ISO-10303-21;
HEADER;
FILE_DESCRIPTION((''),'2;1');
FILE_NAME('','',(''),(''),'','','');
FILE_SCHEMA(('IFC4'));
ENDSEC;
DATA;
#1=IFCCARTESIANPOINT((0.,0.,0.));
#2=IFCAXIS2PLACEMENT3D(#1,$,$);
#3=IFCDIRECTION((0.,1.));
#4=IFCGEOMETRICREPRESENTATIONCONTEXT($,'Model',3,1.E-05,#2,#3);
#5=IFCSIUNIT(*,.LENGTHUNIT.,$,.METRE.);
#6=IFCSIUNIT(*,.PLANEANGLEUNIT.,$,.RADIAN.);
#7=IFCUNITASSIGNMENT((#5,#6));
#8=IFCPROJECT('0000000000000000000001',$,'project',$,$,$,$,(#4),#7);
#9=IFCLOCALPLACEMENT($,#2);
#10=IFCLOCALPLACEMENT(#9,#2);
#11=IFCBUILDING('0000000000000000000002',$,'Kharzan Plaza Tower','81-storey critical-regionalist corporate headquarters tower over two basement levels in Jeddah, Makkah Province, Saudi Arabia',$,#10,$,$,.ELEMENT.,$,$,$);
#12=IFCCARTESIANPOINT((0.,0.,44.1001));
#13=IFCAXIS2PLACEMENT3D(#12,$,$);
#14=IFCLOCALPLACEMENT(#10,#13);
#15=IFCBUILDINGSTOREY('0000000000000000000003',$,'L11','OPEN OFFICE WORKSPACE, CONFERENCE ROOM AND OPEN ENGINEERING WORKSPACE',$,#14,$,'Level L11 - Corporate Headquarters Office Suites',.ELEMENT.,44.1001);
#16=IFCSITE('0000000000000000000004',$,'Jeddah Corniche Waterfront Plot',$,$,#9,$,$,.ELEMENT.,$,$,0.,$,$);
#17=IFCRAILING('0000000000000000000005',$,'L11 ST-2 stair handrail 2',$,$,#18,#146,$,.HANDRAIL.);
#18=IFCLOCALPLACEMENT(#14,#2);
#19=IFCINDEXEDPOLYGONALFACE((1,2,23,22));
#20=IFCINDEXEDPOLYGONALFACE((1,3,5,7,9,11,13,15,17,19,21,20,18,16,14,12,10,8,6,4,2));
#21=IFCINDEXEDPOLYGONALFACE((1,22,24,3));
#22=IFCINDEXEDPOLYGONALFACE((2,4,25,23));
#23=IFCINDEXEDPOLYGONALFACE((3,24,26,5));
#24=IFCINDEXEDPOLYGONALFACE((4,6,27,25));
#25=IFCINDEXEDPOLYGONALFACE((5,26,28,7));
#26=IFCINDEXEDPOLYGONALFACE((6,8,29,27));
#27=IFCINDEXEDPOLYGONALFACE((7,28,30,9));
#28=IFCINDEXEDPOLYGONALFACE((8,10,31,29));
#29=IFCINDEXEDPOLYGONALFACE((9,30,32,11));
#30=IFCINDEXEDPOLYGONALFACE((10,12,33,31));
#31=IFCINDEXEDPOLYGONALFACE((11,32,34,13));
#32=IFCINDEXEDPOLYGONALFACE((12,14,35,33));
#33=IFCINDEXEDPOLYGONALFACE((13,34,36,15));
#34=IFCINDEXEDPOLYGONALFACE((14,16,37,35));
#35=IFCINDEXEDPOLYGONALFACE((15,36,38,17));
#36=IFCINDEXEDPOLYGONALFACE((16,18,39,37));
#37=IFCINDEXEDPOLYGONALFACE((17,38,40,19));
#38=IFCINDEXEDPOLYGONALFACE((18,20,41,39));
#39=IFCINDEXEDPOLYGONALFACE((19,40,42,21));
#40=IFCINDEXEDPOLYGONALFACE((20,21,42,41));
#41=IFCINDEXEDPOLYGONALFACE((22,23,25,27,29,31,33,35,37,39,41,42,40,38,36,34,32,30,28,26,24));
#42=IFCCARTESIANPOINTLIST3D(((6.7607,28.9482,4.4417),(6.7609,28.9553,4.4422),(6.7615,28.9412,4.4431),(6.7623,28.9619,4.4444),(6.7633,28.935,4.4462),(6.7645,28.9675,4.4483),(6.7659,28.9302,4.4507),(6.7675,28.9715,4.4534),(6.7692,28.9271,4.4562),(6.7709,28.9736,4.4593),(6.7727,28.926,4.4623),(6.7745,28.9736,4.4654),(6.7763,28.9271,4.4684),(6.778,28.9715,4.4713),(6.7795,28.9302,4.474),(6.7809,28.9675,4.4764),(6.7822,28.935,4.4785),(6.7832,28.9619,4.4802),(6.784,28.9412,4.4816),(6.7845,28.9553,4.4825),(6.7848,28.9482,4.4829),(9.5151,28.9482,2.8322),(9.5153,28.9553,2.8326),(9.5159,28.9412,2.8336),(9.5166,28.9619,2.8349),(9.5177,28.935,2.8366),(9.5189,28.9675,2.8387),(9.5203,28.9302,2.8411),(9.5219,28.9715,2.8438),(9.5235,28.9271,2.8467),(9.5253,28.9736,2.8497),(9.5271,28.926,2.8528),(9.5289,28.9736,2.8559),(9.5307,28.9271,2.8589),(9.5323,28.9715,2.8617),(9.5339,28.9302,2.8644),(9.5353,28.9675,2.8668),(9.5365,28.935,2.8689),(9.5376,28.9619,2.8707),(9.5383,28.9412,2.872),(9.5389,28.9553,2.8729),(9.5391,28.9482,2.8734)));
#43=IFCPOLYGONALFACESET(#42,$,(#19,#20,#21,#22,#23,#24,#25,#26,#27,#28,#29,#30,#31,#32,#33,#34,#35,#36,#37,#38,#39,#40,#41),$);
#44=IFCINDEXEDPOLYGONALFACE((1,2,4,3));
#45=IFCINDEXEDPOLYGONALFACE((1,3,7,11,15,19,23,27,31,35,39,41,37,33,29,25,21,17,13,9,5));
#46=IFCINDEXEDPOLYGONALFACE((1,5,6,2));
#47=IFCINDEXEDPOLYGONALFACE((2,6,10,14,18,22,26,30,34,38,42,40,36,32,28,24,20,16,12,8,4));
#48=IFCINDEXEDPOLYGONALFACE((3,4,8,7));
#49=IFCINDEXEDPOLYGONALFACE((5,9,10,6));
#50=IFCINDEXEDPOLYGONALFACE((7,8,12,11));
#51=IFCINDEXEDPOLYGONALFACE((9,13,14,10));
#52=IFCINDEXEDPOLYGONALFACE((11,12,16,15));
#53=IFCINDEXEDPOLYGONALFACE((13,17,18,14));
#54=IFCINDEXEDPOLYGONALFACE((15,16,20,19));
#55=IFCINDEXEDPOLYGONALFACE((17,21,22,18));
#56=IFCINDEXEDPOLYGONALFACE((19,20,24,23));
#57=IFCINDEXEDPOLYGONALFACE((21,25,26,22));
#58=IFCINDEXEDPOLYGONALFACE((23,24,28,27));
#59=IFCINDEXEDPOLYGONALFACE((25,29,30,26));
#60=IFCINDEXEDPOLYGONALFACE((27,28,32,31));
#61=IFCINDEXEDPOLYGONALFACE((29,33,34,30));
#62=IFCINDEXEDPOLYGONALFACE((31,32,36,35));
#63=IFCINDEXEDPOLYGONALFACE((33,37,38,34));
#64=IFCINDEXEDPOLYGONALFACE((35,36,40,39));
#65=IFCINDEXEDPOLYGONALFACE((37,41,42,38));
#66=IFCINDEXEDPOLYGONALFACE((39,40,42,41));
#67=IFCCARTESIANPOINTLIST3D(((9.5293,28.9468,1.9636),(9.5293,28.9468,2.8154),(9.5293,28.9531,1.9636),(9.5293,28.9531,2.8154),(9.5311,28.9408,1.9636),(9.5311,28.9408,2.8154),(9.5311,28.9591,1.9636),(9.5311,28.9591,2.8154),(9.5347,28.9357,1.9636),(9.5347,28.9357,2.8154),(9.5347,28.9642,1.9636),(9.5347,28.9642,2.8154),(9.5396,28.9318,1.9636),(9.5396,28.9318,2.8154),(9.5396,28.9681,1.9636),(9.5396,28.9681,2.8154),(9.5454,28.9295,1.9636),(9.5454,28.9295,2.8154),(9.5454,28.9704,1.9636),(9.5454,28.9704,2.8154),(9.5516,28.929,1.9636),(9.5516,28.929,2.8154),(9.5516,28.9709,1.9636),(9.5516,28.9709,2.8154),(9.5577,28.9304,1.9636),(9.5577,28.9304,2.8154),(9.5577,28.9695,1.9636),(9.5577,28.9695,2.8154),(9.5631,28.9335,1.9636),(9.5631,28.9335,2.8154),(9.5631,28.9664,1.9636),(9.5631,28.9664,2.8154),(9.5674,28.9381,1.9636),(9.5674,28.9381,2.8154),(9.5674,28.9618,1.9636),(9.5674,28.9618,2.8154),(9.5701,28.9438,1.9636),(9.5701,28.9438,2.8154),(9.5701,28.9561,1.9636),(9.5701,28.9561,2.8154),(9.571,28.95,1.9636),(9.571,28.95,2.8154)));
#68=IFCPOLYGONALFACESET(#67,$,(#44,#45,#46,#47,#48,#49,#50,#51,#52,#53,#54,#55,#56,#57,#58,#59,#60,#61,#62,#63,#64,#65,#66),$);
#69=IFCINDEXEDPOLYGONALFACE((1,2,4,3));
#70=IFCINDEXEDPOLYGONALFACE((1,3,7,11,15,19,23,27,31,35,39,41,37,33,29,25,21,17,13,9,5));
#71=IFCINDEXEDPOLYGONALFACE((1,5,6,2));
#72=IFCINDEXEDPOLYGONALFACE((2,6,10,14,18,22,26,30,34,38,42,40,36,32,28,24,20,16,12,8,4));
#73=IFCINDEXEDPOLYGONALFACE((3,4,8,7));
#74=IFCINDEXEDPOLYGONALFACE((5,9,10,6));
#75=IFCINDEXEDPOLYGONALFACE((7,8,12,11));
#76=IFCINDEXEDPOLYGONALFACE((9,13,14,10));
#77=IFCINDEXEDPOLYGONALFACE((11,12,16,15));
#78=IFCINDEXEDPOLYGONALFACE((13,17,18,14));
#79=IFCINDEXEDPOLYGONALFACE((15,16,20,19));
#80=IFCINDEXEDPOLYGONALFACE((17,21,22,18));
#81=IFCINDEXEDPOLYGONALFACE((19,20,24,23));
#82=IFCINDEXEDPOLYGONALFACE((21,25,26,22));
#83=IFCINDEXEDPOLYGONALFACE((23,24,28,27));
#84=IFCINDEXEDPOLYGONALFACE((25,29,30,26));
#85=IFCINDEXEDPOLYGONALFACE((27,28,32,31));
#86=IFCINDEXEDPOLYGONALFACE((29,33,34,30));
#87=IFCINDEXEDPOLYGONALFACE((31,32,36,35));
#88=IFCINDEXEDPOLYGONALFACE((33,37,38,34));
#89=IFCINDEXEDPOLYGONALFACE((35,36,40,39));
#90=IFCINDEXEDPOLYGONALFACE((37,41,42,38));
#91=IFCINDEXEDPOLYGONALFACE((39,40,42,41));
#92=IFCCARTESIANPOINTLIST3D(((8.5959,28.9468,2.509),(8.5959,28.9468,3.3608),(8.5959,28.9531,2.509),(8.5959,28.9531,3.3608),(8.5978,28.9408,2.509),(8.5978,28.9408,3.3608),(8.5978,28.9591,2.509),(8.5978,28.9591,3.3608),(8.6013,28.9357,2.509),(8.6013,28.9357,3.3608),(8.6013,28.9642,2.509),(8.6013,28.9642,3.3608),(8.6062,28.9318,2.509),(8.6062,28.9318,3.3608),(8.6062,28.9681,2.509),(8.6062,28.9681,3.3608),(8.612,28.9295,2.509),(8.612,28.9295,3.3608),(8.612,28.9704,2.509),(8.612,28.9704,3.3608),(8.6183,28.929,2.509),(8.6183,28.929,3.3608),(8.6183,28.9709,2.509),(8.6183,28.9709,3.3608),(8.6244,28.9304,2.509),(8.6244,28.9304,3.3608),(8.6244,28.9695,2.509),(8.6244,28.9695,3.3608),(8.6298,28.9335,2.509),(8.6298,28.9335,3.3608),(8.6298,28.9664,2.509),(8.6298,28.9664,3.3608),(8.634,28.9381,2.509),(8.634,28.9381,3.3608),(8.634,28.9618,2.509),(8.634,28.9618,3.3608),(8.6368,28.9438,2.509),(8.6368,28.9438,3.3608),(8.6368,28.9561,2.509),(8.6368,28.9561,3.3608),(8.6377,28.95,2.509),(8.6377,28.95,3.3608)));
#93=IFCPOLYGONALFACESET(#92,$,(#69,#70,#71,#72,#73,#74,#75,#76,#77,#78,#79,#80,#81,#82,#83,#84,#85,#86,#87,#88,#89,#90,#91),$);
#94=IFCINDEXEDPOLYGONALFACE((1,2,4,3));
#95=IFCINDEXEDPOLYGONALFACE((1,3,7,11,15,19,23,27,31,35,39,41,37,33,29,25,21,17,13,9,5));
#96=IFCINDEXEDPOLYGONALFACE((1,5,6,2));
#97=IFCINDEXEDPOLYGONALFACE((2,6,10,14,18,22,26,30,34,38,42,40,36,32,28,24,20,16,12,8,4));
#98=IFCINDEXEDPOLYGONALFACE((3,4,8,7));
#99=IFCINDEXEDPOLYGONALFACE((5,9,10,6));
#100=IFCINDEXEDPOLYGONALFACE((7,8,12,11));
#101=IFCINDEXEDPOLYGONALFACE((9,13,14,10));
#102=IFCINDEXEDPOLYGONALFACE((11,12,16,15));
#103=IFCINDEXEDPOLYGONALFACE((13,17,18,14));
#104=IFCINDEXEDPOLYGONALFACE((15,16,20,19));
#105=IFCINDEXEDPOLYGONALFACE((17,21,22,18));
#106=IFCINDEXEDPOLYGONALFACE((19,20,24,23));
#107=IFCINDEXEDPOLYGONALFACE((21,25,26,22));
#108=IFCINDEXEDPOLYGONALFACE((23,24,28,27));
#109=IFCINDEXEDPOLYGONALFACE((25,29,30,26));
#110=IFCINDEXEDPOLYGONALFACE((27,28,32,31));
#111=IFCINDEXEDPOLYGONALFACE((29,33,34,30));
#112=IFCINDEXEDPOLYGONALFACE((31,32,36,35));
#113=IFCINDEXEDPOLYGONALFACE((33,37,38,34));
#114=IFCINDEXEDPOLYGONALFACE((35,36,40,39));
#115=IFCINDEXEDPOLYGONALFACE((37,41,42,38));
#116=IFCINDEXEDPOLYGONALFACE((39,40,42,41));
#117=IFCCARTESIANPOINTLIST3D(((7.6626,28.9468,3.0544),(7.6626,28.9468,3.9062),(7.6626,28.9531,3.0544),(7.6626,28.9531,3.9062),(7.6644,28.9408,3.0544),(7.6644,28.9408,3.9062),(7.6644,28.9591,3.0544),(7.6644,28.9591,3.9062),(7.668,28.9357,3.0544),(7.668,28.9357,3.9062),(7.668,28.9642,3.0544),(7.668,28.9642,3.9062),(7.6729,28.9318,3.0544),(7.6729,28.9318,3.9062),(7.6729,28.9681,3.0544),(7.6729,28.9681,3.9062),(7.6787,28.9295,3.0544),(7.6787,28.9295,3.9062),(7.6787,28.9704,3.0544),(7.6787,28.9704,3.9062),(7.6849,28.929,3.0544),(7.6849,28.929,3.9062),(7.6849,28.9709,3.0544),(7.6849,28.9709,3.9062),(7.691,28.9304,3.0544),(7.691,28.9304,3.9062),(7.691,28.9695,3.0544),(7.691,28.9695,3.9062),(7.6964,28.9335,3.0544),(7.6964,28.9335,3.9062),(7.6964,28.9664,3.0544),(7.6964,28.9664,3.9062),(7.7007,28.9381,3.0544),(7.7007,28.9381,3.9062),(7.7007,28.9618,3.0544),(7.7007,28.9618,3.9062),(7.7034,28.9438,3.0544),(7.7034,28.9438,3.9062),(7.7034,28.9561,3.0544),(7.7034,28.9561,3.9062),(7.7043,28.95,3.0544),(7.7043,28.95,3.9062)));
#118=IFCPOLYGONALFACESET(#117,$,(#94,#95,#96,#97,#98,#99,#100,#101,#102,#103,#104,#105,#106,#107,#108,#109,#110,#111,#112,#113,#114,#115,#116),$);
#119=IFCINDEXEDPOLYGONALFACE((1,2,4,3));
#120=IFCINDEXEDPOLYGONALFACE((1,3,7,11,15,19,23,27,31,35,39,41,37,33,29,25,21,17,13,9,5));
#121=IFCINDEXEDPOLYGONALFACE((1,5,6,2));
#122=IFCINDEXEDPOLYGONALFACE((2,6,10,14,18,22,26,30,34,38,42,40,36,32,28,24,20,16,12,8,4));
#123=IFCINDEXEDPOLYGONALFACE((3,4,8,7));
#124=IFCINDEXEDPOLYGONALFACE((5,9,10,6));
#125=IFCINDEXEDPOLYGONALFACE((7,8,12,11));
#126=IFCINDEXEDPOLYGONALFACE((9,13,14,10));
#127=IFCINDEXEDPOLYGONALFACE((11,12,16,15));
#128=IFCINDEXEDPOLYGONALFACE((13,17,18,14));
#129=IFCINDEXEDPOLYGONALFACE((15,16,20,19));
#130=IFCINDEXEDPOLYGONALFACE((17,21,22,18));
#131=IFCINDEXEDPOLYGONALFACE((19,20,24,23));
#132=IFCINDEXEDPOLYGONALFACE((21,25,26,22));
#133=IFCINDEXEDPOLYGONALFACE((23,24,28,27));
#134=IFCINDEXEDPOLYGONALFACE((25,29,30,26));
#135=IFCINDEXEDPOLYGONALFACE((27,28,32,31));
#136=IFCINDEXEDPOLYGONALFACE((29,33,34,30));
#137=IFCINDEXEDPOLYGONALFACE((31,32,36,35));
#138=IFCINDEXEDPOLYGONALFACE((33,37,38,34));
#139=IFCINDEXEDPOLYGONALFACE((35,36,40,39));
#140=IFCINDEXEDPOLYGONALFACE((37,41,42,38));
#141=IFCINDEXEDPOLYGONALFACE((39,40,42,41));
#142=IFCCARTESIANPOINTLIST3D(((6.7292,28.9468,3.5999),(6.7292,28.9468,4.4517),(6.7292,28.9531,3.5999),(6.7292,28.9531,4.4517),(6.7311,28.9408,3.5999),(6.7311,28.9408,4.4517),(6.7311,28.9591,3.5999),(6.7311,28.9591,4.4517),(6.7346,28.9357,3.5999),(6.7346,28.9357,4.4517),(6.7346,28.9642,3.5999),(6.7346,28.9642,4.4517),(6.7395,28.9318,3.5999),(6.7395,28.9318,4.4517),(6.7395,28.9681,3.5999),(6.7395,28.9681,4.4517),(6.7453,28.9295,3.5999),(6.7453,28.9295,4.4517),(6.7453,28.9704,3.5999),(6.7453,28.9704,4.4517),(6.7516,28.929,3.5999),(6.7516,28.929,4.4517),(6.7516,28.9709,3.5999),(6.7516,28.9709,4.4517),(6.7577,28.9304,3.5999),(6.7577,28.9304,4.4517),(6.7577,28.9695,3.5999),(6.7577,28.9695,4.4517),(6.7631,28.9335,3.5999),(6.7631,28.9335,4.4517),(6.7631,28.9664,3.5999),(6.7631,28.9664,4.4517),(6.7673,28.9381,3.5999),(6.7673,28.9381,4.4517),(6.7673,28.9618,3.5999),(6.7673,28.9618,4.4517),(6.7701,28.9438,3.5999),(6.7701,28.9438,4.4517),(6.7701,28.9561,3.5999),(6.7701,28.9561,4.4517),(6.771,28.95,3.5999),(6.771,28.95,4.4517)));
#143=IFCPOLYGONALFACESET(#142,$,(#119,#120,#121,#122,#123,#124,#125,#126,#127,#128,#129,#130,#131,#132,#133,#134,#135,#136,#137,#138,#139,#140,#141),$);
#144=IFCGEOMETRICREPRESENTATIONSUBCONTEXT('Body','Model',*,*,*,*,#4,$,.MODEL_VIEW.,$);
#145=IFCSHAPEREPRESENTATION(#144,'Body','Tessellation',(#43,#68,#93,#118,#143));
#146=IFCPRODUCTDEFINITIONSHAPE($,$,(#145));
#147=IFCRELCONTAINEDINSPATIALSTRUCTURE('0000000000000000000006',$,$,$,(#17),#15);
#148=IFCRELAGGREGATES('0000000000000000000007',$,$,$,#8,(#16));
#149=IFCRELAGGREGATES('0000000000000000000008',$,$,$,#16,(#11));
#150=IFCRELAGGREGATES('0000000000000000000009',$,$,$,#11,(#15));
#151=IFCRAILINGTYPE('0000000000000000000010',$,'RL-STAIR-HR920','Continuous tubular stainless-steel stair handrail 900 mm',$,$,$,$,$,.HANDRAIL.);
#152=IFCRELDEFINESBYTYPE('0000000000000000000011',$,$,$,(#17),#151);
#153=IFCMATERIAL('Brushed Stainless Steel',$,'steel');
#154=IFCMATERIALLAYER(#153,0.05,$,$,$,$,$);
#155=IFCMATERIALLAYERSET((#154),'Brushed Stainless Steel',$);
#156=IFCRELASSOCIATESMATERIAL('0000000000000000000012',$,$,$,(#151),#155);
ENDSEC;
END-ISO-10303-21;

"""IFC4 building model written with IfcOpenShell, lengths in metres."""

from ifc_helpers import new_model, si_unit, direction, frame, origin, origin_2d, place, context, subcontext, project, spatial, circle, extrude, source, transform, mapped, material, layer, layer_set, type_object, element, save


model = new_model("IFC4")

# Units and contexts
model_context = context("Model", 3, precision=1e-05, world=origin(), true_north=direction((0.0, 1.0)))
body_context = subcontext(model_context, "Body", "Model", "MODEL_VIEW")
ifc_project = project(units=[si_unit("LENGTHUNIT", "METRE"), si_unit("PLANEANGLEUNIT", "RADIAN")], contexts=[model_context])

# Site, building, storey
site_placement = place(None, origin())
site = spatial("IfcSite", under=ifc_project, at=site_placement, Name="Jeddah Corniche Waterfront Plot", CompositionType="ELEMENT", RefElevation=0.0)
building_placement = place(site_placement, origin())
building = spatial("IfcBuilding", under=site, at=building_placement, Name="Kharzan Plaza Tower", Description="81-storey critical-regionalist corporate headquarters tower over two basement levels in Jeddah, Makkah Province, Saudi Arabia", CompositionType="ELEMENT")
storey_placement = place(building_placement, frame((0.0, 0.0, 44.1001)))
storey = spatial("IfcBuildingStorey", under=building, at=storey_placement, Name="L11", Description="OPEN OFFICE WORKSPACE, CONFERENCE ROOM AND OPEN ENGINEERING WORKSPACE", LongName="Level L11 - Corporate Headquarters Office Suites", CompositionType="ELEMENT", Elevation=44.1001)

# Railing
ifc_material_1 = material(Name="Brushed Stainless Steel", Category="steel")
ifc_layer_1 = layer(ifc_material_1, 0.05)
ifc_layer_set_1 = layer_set([ifc_layer_1], Name="Brushed Stainless Steel")
railing_type_1 = type_object("IfcRailingType", Name="RL-STAIR-HR920", Description="Continuous tubular stainless-steel stair handrail 900 mm", PredefinedType="HANDRAIL", material=ifc_layer_set_1)
shared_shape_1 = source(origin(), body_context, "Body", "SweptSolid", [
    extrude(circle(Radius=0.0239, at=origin_2d()), frame((-0.0229, 0.0, 0.8892), z_axis=(-0.863394, 0.0, 0.504531), x_axis=(0.0, -1.0, 0.0)), (0.0, 0.0, 1.0), 3.1902),
    extrude(circle(Radius=0.021, at=origin_2d()), origin(), (0.0, 0.0, 1.0), 0.8518),
    extrude(circle(Radius=0.021, at=origin_2d()), frame((-0.9333, 0.0, 0.5454)), (0.0, 0.0, 1.0), 0.8518),
    extrude(circle(Radius=0.021, at=origin_2d()), frame((-1.8667, 0.0, 1.0908)), (0.0, 0.0, 1.0), 0.8518),
    extrude(circle(Radius=0.021, at=origin_2d()), frame((-2.8, 0.0, 1.6362)), (0.0, 0.0, 1.0), 0.8518),
])
railing_1_placement = place(storey_placement, frame((9.55, 28.95, 1.9636)))
element("IfcRailing", 1, at=railing_1_placement, inside=storey, type_object=railing_type_1, Name="L11 ST-2 stair handrail 2", PredefinedType="HANDRAIL", context=body_context, shape_type="MappedRepresentation", body=[
    mapped(shared_shape_1, transform((0.0, 0.0, 0.0), x_axis=(1.0, 0.0, 0.0), y_axis=(0.0, 1.0, 0.0), z_axis=(0.0, 0.0, 1.0))),
])

save(model, "model.ifc")
